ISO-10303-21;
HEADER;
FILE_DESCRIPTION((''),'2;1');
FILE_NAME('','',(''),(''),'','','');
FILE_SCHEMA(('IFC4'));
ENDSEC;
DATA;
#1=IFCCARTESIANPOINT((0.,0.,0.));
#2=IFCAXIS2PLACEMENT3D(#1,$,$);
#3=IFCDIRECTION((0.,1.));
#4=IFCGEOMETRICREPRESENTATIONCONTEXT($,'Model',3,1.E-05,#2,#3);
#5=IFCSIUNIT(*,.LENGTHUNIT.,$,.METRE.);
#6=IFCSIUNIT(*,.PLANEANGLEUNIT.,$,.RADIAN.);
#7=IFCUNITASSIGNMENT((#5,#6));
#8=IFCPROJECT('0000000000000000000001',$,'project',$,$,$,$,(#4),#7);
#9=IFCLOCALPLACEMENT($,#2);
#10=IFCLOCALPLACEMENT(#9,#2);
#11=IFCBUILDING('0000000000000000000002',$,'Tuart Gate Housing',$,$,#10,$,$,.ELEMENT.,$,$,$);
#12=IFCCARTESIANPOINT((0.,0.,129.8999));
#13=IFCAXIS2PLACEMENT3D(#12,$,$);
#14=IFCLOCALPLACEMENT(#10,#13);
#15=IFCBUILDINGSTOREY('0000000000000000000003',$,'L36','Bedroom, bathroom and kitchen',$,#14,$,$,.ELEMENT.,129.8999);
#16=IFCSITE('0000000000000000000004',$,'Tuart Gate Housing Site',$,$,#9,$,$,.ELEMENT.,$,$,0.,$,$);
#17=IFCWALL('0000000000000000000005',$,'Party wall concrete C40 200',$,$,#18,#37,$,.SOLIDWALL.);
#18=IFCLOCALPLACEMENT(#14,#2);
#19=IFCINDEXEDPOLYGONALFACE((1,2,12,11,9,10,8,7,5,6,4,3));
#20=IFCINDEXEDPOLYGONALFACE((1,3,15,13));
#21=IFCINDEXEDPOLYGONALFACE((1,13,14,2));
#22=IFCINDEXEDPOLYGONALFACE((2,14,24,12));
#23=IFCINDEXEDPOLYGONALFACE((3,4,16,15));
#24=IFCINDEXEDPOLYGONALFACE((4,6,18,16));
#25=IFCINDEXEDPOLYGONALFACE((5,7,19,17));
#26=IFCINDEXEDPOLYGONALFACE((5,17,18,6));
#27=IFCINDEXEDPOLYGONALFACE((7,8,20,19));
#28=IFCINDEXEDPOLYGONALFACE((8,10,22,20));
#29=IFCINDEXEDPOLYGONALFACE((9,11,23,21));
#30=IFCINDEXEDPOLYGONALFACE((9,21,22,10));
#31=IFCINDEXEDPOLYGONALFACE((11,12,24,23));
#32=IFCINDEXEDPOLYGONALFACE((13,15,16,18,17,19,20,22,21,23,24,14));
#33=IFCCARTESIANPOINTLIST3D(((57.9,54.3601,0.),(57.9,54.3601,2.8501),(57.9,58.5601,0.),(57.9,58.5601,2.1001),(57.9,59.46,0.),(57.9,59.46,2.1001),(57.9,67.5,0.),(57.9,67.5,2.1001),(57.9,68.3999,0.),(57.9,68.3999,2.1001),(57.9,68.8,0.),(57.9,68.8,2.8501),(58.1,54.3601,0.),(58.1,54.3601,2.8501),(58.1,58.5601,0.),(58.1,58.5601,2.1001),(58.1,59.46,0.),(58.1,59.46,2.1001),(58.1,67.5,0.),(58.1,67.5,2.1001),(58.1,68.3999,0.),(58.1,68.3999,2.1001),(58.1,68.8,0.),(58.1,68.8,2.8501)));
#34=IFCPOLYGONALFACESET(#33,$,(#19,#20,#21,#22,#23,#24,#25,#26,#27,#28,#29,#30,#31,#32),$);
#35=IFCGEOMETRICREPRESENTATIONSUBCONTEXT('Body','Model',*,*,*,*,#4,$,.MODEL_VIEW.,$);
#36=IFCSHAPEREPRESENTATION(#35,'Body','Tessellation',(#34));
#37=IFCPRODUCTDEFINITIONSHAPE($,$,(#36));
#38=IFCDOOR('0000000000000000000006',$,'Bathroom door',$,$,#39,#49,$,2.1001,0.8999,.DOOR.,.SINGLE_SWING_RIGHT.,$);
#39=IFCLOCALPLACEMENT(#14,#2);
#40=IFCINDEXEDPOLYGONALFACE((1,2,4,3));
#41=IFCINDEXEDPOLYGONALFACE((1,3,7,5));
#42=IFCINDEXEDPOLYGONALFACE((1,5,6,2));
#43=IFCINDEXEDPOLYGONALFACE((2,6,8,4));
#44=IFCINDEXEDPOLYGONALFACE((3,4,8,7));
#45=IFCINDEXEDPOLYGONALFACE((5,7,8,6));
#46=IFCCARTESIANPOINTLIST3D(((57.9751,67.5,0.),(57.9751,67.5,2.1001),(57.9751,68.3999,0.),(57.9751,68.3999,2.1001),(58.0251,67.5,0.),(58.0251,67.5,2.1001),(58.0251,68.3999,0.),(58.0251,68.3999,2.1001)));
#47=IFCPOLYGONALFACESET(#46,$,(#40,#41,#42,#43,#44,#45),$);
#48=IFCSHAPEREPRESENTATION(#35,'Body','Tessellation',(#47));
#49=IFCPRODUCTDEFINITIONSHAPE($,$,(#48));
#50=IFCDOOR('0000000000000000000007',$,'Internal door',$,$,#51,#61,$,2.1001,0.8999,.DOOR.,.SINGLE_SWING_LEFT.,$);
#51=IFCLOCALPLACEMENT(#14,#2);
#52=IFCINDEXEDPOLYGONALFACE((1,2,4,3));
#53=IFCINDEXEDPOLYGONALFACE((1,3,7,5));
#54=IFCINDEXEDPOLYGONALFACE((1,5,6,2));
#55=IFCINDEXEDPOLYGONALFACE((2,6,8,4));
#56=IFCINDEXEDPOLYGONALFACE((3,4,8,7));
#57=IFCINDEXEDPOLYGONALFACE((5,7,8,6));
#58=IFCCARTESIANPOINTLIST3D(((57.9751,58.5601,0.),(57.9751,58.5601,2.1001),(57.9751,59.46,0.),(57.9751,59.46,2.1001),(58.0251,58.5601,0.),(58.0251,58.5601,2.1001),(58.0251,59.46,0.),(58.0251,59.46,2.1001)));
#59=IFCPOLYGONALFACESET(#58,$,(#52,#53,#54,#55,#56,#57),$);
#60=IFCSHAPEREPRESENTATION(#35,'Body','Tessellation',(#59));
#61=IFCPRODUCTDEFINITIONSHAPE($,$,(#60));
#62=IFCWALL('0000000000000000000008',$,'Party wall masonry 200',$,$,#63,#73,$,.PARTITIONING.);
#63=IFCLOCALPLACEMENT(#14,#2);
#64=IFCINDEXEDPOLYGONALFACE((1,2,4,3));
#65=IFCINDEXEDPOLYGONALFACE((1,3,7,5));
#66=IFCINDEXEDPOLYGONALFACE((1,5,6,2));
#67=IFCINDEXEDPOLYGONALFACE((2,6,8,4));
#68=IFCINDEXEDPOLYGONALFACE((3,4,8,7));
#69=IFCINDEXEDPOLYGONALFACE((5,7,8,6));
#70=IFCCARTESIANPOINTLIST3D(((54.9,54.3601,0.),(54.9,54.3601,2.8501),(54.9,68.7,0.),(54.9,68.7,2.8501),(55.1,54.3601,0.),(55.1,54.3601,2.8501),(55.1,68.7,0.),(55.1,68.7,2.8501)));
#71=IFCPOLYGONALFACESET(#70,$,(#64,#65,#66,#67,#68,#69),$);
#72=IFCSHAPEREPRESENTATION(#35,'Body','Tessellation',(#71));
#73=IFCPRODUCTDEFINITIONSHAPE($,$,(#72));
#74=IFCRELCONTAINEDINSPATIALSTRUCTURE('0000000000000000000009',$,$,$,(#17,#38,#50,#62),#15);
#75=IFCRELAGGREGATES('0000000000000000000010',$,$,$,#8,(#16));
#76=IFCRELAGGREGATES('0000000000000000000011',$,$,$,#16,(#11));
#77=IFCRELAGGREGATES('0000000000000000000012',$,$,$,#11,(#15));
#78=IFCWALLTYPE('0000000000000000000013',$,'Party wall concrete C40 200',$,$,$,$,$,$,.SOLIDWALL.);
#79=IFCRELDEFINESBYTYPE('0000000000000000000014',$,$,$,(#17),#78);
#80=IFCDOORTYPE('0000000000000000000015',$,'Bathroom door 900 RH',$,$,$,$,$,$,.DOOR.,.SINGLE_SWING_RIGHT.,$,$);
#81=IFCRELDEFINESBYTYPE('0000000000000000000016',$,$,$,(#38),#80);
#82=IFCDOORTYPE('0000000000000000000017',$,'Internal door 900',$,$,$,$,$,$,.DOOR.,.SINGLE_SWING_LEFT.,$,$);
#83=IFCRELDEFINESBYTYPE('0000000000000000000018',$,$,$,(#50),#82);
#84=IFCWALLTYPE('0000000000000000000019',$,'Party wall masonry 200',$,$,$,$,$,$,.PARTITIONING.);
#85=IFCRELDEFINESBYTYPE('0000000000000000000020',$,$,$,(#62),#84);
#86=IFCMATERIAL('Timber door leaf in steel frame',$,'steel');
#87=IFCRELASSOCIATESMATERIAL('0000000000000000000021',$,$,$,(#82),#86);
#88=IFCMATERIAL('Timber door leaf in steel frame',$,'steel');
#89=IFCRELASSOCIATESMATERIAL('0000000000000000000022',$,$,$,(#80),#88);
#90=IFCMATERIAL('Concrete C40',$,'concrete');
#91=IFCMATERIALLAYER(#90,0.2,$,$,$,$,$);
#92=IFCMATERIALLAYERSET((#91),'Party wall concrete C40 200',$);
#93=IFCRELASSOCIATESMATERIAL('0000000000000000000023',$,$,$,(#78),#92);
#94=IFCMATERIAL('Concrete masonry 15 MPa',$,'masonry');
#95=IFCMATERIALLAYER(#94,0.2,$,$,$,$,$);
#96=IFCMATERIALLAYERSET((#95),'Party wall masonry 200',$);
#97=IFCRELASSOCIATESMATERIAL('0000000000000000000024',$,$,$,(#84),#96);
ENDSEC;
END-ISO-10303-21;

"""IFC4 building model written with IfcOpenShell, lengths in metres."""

from ifc_helpers import new_model, si_unit, direction, frame, frame_2d, origin, place, context, subcontext, project, spatial, rectangle, extrude, material, layer, layer_set, type_object, element, fill, save


model = new_model("IFC4")

# Units and contexts
model_context = context("Model", 3, precision=1e-05, world=origin(), true_north=direction((0.0, 1.0)))
body_context = subcontext(model_context, "Body", "Model", "MODEL_VIEW")
ifc_project = project(units=[si_unit("LENGTHUNIT", "METRE"), si_unit("PLANEANGLEUNIT", "RADIAN")], contexts=[model_context])

# Site, building, storey
site_placement = place(None, origin())
site = spatial("IfcSite", under=ifc_project, at=site_placement, Name="Tuart Gate Housing Site", CompositionType="ELEMENT", RefElevation=0.0)
building_placement = place(site_placement, origin())
building = spatial("IfcBuilding", under=site, at=building_placement, Name="Tuart Gate Housing", CompositionType="ELEMENT")
storey_placement = place(building_placement, frame((0.0, 0.0, 129.8999)))
storey = spatial("IfcBuildingStorey", under=building, at=storey_placement, Name="L36", Description="Bedroom, bathroom and kitchen", CompositionType="ELEMENT", Elevation=129.8999)

# Shared definitions
ifc_material_1 = material(Name="Timber door leaf in steel frame", Category="steel")
door_type_1 = type_object("IfcDoorType", Name="Internal door 900", OperationType="SINGLE_SWING_LEFT", PredefinedType="DOOR", material=ifc_material_1)

# Shared definitions
ifc_material_2 = material(Name="Timber door leaf in steel frame", Category="steel")
door_type_2 = type_object("IfcDoorType", Name="Bathroom door 900 RH", OperationType="SINGLE_SWING_RIGHT", PredefinedType="DOOR", material=ifc_material_2)

# Shared definitions
ifc_material_3 = material(Name="Concrete C40", Category="concrete")
ifc_layer_1 = layer(ifc_material_3, 0.2)
ifc_layer_set_1 = layer_set([ifc_layer_1], Name="Party wall concrete C40 200")
wall_type_1 = type_object("IfcWallType", Name="Party wall concrete C40 200", PredefinedType="SOLIDWALL", material=ifc_layer_set_1)

# Wall, openings, doors
wall_1_placement = place(storey_placement, frame((58.0, 54.3601, 0.0), z_axis=(0.0, 0.0, 1.0), x_axis=(0.0, 1.0, 0.0)))
wall_1 = element("IfcWall", 1, at=wall_1_placement, inside=storey, type_object=wall_type_1, Name="Party wall concrete C40 200", PredefinedType="SOLIDWALL", context=body_context, shape_type="SweptSolid", body=[
    extrude(rectangle(XDim=14.4399, YDim=0.2, at=frame_2d((7.22, 0.0))), origin(), (0.0, 0.0, 1.0), 2.8501),
])
opening_1_placement = place(wall_1_placement, frame((4.2, 0.0, 0.0)))
opening_1 = element("IfcOpeningElement", 2, at=opening_1_placement, cuts=wall_1, PredefinedType="OPENING", context=body_context, shape_type="SweptSolid", body=[
    extrude(rectangle(XDim=0.8999, YDim=2.1001, at=frame_2d((0.45, 1.05))), frame((0.0, 0.1099, 0.0), z_axis=(0.0, -1.0, 0.0), x_axis=(1.0, 0.0, 0.0)), (0.0, 0.0, 1.0), 0.22),
])
opening_2_placement = place(wall_1_placement, frame((13.1399, 0.0, 0.0)))
opening_2 = element("IfcOpeningElement", 3, at=opening_2_placement, cuts=wall_1, PredefinedType="OPENING", context=body_context, shape_type="SweptSolid", body=[
    extrude(rectangle(XDim=0.8999, YDim=2.1001, at=frame_2d((0.45, 1.05))), frame((0.0, 0.1099, 0.0), z_axis=(0.0, -1.0, 0.0), x_axis=(1.0, 0.0, 0.0)), (0.0, 0.0, 1.0), 0.22),
])
door_1_placement = place(opening_2_placement, origin())
door_1 = element("IfcDoor", 4, at=door_1_placement, inside=storey, type_object=door_type_2, Name="Bathroom door", OperationType="SINGLE_SWING_RIGHT", OverallHeight=2.1001, OverallWidth=0.8999, PredefinedType="DOOR", context=body_context, shape_type="SweptSolid", body=[
    extrude(rectangle(XDim=0.8999, YDim=2.1001, at=frame_2d((0.45, 1.05))), frame((0.0, 0.0249, 0.0), z_axis=(0.0, -1.0, 0.0), x_axis=(1.0, 0.0, 0.0)), (0.0, 0.0, 1.0), 0.05),
])
fill(opening_2, door_1)
door_2_placement = place(opening_1_placement, origin())
door_2 = element("IfcDoor", 5, at=door_2_placement, inside=storey, type_object=door_type_1, Name="Internal door", OperationType="SINGLE_SWING_LEFT", OverallHeight=2.1001, OverallWidth=0.8999, PredefinedType="DOOR", context=body_context, shape_type="SweptSolid", body=[
    extrude(rectangle(XDim=0.8999, YDim=2.1001, at=frame_2d((0.45, 1.05))), frame((0.0, 0.0249, 0.0), z_axis=(0.0, -1.0, 0.0), x_axis=(1.0, 0.0, 0.0)), (0.0, 0.0, 1.0), 0.05),
])
fill(opening_1, door_2)

# Wall
ifc_material_4 = material(Name="Concrete masonry 15 MPa", Category="masonry")
ifc_layer_2 = layer(ifc_material_4, 0.2)
ifc_layer_set_2 = layer_set([ifc_layer_2], Name="Party wall masonry 200")
wall_type_2 = type_object("IfcWallType", Name="Party wall masonry 200", PredefinedType="PARTITIONING", material=ifc_layer_set_2)
wall_2_placement = place(storey_placement, frame((55.0, 54.3601, 0.0), z_axis=(0.0, 0.0, 1.0), x_axis=(0.0, 1.0, 0.0)))
element("IfcWall", 6, at=wall_2_placement, inside=storey, type_object=wall_type_2, Name="Party wall masonry 200", PredefinedType="PARTITIONING", context=body_context, shape_type="SweptSolid", body=[
    extrude(rectangle(XDim=14.3398, YDim=0.2, at=frame_2d((7.1699, 0.0))), origin(), (0.0, 0.0, 1.0), 2.8501),
])

save(model, "model.ifc")
